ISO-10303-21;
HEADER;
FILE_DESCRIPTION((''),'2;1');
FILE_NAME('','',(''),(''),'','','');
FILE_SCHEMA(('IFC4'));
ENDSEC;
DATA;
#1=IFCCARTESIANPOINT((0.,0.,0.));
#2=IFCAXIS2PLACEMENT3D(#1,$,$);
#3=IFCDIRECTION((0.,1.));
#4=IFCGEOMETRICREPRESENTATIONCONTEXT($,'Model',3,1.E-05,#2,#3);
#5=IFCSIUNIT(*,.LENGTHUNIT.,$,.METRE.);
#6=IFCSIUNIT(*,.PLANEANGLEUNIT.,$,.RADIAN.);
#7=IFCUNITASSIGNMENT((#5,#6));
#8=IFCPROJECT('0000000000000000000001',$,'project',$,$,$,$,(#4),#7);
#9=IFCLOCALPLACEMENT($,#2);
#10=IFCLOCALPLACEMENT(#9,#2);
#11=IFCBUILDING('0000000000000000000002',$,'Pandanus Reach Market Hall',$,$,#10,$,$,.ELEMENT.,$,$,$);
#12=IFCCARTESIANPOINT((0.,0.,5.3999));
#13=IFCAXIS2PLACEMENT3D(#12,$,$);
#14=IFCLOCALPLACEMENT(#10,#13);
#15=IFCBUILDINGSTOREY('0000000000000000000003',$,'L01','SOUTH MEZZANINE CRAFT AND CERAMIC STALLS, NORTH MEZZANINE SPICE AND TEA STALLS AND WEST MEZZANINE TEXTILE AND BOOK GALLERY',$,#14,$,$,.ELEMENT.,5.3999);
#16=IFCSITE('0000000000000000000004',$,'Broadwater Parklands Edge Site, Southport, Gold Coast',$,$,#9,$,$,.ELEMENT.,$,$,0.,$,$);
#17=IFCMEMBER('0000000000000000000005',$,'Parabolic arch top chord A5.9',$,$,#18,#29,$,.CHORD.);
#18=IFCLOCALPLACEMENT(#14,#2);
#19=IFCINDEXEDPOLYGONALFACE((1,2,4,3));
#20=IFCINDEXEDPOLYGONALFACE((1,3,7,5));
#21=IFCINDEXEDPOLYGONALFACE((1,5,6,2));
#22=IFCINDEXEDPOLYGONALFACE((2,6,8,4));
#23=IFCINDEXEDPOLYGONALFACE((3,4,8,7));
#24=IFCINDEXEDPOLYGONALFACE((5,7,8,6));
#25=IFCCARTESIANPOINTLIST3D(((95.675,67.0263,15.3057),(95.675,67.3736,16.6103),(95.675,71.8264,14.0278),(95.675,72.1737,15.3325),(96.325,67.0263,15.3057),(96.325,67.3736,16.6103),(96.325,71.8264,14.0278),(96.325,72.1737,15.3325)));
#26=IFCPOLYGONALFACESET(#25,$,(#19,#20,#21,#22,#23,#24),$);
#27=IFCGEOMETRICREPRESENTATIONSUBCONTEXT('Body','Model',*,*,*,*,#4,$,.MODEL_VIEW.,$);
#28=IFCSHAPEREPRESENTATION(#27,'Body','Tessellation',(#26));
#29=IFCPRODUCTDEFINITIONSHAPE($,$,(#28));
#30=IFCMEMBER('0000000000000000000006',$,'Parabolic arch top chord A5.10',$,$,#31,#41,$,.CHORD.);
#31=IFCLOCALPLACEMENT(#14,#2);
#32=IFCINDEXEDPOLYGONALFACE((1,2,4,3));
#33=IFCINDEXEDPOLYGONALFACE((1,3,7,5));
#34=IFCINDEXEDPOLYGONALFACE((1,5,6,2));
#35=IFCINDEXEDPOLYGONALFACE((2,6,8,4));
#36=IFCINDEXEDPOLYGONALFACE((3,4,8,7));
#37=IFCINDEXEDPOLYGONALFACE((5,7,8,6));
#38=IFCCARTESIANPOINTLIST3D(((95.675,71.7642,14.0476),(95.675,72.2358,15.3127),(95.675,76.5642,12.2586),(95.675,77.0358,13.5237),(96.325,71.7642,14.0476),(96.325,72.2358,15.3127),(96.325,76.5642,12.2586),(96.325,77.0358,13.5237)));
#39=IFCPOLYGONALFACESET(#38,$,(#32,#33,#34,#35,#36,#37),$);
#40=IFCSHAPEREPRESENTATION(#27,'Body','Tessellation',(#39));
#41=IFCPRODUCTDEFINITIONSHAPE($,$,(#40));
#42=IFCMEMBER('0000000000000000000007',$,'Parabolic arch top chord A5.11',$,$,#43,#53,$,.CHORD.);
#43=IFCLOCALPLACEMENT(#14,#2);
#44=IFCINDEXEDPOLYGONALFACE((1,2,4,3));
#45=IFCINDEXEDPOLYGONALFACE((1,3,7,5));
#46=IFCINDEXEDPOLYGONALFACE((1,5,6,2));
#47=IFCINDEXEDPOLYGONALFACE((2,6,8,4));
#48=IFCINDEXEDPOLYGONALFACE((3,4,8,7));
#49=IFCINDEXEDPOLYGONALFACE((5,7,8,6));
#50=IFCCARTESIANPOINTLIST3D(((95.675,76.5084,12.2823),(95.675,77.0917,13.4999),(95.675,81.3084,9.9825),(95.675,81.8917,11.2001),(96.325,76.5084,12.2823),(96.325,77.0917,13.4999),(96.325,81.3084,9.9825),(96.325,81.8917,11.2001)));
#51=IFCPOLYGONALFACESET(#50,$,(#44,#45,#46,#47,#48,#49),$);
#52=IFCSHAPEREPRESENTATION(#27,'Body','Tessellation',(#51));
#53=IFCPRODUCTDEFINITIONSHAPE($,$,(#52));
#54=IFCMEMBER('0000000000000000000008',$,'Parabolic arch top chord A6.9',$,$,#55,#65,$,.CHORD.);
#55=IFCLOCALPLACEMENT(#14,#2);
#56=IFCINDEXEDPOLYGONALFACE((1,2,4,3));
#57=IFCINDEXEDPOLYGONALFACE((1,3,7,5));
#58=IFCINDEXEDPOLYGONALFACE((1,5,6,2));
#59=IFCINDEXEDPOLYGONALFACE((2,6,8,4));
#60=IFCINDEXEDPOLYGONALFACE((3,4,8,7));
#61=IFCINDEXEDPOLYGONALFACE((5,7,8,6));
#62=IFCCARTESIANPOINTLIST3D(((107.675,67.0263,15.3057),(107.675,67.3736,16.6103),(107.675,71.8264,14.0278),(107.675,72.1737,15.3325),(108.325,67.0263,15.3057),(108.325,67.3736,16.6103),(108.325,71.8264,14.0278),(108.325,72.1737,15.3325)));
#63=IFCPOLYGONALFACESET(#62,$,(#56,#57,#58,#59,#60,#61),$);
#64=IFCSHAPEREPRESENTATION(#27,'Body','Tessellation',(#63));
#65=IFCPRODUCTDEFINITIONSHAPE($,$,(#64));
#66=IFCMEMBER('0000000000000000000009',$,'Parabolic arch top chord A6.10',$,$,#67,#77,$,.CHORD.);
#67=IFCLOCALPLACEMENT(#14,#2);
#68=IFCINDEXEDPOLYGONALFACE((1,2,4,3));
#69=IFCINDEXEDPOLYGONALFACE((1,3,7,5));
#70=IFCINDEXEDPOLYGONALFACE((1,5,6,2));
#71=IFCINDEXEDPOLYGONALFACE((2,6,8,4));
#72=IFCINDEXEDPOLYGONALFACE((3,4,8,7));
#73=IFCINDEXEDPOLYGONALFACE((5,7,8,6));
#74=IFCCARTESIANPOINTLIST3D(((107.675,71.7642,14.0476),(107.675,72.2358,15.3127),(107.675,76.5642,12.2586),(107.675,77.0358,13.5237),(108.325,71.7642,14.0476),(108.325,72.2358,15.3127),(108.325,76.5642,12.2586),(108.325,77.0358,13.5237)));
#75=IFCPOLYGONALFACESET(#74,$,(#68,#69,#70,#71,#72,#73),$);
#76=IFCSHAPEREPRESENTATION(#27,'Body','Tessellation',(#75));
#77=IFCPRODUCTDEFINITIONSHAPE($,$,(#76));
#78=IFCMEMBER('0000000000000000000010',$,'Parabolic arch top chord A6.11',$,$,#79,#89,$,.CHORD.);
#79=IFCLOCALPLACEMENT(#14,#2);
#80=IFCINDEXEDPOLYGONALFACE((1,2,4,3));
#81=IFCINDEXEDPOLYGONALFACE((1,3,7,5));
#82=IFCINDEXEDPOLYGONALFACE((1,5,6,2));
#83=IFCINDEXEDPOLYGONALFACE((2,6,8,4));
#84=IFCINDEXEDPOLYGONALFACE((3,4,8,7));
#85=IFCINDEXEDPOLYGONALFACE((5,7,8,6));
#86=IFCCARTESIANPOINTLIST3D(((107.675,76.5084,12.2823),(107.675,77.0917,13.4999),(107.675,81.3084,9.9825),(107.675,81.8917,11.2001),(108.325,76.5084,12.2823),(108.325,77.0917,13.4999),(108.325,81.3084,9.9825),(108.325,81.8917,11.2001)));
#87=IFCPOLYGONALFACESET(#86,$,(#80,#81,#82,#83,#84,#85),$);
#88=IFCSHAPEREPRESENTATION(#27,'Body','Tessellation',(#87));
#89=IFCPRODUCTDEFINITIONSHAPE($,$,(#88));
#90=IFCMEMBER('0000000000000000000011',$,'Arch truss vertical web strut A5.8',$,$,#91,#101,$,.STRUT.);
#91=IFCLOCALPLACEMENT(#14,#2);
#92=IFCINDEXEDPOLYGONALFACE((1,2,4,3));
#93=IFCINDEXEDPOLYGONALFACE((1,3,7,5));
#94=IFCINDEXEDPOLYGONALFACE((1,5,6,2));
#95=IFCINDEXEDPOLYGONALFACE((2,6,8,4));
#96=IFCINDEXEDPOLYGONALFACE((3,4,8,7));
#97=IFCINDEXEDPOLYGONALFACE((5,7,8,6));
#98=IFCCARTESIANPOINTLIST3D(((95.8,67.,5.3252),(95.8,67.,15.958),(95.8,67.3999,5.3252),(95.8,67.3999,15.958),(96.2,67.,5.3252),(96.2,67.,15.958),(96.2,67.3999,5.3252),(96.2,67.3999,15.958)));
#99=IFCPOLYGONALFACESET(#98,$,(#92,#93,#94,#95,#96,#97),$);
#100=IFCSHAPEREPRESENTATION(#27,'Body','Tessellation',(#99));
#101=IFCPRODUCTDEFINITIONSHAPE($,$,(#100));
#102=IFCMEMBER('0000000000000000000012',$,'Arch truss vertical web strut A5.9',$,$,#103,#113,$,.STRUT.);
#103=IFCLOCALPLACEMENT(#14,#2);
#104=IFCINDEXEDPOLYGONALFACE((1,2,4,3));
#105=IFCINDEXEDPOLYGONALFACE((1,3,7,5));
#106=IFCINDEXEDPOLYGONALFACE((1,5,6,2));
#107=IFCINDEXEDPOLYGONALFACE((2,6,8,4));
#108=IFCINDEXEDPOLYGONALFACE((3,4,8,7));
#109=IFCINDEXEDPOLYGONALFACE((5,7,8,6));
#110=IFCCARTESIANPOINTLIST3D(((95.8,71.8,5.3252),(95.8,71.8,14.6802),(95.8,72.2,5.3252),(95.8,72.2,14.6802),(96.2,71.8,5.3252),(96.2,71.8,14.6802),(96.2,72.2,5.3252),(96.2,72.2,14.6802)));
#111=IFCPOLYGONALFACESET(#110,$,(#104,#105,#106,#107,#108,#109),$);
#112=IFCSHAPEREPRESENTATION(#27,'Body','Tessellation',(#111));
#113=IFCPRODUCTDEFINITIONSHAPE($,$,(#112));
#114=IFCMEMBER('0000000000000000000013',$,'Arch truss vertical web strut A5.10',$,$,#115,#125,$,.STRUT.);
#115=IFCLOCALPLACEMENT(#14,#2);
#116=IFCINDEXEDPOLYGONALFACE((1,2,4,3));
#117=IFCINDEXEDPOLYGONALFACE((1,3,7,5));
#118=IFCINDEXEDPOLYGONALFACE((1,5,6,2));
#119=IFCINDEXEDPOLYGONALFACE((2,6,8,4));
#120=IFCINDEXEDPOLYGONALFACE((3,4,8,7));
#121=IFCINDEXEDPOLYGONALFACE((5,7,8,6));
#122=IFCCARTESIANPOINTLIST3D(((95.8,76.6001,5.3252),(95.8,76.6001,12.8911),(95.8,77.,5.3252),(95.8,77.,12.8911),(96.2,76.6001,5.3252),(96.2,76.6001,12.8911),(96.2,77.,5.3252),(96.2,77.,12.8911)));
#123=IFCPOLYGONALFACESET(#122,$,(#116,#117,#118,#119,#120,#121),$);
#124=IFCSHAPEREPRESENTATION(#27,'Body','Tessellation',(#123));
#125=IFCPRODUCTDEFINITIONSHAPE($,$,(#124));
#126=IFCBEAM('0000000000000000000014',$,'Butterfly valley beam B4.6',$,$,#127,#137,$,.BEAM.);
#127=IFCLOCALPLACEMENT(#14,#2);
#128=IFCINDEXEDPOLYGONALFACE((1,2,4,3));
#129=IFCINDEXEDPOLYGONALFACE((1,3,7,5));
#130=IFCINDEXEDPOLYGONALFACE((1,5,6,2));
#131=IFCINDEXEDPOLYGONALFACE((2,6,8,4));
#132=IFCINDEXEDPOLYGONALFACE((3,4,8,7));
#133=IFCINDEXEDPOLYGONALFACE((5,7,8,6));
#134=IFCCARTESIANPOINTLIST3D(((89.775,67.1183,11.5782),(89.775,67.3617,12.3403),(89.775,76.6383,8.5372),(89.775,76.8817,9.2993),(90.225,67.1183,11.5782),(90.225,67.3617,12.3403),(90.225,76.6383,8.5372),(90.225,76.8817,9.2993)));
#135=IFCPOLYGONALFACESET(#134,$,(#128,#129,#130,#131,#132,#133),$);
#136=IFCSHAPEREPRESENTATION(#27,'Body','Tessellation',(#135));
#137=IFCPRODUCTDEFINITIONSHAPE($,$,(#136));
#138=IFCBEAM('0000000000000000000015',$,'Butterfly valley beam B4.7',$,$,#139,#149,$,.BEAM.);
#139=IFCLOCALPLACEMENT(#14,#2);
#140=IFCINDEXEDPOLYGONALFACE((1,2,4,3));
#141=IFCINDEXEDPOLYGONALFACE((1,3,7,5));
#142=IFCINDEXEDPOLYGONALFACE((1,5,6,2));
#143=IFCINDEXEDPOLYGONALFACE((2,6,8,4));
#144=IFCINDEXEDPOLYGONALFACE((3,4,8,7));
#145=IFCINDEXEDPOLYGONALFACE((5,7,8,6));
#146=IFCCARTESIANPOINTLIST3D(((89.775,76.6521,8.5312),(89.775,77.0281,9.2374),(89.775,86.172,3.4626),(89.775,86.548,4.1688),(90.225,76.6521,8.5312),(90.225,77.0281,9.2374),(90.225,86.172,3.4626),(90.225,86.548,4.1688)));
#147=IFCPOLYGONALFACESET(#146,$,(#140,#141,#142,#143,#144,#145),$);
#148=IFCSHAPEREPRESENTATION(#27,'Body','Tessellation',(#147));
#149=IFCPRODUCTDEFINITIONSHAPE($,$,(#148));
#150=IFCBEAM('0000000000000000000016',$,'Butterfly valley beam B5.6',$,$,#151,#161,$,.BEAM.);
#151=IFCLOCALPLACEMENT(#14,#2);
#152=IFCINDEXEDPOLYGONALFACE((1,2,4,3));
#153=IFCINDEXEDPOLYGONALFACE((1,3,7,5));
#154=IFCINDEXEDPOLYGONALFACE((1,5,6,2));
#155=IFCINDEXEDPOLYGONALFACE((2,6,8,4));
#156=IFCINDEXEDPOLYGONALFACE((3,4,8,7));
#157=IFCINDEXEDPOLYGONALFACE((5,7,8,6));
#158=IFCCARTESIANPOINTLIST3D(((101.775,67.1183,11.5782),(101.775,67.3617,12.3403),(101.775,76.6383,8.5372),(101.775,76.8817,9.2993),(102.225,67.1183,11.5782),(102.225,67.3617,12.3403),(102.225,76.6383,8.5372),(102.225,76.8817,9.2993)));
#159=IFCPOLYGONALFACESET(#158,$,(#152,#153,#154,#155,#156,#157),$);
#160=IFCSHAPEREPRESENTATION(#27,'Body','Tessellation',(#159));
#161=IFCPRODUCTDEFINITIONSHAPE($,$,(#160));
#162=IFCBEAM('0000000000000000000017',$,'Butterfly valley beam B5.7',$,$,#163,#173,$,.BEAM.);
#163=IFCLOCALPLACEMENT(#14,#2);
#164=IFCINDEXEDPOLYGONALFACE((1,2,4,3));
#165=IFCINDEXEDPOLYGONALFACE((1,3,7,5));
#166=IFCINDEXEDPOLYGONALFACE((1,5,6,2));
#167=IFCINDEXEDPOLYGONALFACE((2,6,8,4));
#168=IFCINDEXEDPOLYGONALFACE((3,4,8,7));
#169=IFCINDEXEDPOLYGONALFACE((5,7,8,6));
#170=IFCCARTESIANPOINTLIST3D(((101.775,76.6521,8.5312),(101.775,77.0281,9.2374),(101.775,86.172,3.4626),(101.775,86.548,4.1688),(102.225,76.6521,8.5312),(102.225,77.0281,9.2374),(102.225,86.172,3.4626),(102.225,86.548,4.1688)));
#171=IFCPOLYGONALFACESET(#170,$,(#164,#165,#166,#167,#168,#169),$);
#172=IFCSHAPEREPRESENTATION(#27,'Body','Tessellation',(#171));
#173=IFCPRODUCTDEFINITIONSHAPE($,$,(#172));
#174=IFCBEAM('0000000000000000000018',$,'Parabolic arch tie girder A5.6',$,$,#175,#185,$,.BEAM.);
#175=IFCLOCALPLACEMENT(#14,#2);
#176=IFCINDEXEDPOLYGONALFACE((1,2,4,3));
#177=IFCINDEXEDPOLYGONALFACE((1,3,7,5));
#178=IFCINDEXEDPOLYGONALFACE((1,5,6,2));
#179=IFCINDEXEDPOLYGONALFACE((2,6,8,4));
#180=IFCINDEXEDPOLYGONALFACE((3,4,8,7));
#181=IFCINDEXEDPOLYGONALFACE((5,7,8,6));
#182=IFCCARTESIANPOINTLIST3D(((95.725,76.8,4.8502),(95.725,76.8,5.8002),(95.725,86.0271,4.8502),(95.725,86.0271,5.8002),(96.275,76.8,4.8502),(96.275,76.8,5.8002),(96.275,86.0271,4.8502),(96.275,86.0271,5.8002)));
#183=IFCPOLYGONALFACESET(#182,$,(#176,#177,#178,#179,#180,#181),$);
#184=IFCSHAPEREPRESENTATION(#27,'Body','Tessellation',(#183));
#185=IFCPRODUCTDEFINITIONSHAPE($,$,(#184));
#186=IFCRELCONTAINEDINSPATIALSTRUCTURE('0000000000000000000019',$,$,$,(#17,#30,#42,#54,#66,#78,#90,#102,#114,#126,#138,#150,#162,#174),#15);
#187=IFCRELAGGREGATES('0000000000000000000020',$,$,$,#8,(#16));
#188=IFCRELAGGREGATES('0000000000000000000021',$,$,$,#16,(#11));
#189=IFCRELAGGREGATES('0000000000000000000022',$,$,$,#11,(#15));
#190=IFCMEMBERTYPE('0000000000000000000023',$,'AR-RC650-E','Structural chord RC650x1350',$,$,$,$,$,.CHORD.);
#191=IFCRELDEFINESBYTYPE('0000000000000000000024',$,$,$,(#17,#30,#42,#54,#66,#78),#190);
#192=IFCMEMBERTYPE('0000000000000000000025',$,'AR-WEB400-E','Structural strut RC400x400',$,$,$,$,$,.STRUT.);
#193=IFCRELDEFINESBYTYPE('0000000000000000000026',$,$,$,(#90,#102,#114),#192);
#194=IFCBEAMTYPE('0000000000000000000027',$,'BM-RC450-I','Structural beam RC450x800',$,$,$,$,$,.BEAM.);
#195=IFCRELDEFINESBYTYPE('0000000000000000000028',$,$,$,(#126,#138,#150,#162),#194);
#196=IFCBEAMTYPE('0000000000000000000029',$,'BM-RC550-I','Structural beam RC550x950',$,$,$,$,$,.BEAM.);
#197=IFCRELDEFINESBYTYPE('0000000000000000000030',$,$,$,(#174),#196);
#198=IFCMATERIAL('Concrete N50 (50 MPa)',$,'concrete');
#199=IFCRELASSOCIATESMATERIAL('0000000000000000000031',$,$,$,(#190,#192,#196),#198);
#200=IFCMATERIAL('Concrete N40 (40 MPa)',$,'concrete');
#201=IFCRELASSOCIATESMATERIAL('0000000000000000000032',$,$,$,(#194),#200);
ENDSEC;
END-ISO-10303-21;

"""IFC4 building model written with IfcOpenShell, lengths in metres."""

from ifc_helpers import new_model, si_unit, direction, frame, origin, origin_2d, place, context, subcontext, project, spatial, rectangle, extrude, material, material_profile, profile_set, type_object, element, save


model = new_model("IFC4")

# Units and contexts
model_context = context("Model", 3, precision=1e-05, world=origin(), true_north=direction((0.0, 1.0)))
body_context = subcontext(model_context, "Body", "Model", "MODEL_VIEW")
ifc_project = project(units=[si_unit("LENGTHUNIT", "METRE"), si_unit("PLANEANGLEUNIT", "RADIAN")], contexts=[model_context])

# Site, building, storey
site_placement = place(None, origin())
site = spatial("IfcSite", under=ifc_project, at=site_placement, Name="Broadwater Parklands Edge Site, Southport, Gold Coast", CompositionType="ELEMENT", RefElevation=0.0)
building_placement = place(site_placement, origin())
building = spatial("IfcBuilding", under=site, at=building_placement, Name="Pandanus Reach Market Hall", CompositionType="ELEMENT")
storey_placement = place(building_placement, frame((0.0, 0.0, 5.3999)))
storey = spatial("IfcBuildingStorey", under=building, at=storey_placement, Name="L01", Description="SOUTH MEZZANINE CRAFT AND CERAMIC STALLS, NORTH MEZZANINE SPICE AND TEA STALLS AND WEST MEZZANINE TEXTILE AND BOOK GALLERY", CompositionType="ELEMENT", Elevation=5.3999)

# Members
ifc_material_1 = material(Name="Concrete N50 (50 MPa)", Category="concrete")
ifc_material_profile_1 = material_profile(ifc_material_1, rectangle(XDim=0.6499, YDim=1.3501, at=origin_2d()), Name="RC650x1350", Category="LoadBearing")
ifc_profile_set_1 = profile_set([ifc_material_profile_1], Name="Concrete N50 (50 MPa)")
member_type_1 = type_object("IfcMemberType", Name="AR-RC650-E", Description="Structural chord RC650x1350", PredefinedType="CHORD", material=ifc_profile_set_1)
member_1_placement = place(storey_placement, frame((96.0, 67.2, 15.958), z_axis=(0.0, 0.966344, -0.257253), x_axis=(-1.0, 0.0, 0.0)))
element("IfcMember", 1, at=member_1_placement, inside=storey, type_object=member_type_1, Name="Parabolic arch top chord A5.9", PredefinedType="CHORD", context=body_context, shape_type="SweptSolid", body=[
    extrude(rectangle(XDim=0.6499, YDim=1.3501, at=origin_2d()), origin(), (0.0, 0.0, 1.0), 4.9673),
])
member_2_placement = place(storey_placement, frame((96.0, 72.0, 14.6802), z_axis=(0.0, 0.93703, -0.349248), x_axis=(-1.0, 0.0, 0.0)))
element("IfcMember", 2, at=member_2_placement, inside=storey, type_object=member_type_1, Name="Parabolic arch top chord A5.10", PredefinedType="CHORD", context=body_context, shape_type="SweptSolid", body=[
    extrude(rectangle(XDim=0.6499, YDim=1.3501, at=origin_2d()), origin(), (0.0, 0.0, 1.0), 5.1226),
])
member_3_placement = place(storey_placement, frame((96.0, 76.8, 12.8911), z_axis=(0.0, 0.901832, -0.432087), x_axis=(-1.0, 0.0, 0.0)))
element("IfcMember", 3, at=member_3_placement, inside=storey, type_object=member_type_1, Name="Parabolic arch top chord A5.11", PredefinedType="CHORD", context=body_context, shape_type="SweptSolid", body=[
    extrude(rectangle(XDim=0.6499, YDim=1.3501, at=origin_2d()), origin(), (0.0, 0.0, 1.0), 5.3225),
])
member_4_placement = place(storey_placement, frame((108.0, 67.2, 15.958), z_axis=(0.0, 0.966344, -0.257253), x_axis=(-1.0, 0.0, 0.0)))
element("IfcMember", 4, at=member_4_placement, inside=storey, type_object=member_type_1, Name="Parabolic arch top chord A6.9", PredefinedType="CHORD", context=body_context, shape_type="SweptSolid", body=[
    extrude(rectangle(XDim=0.6499, YDim=1.3501, at=origin_2d()), origin(), (0.0, 0.0, 1.0), 4.9673),
])
member_5_placement = place(storey_placement, frame((108.0, 72.0, 14.6802), z_axis=(0.0, 0.93703, -0.349248), x_axis=(-1.0, 0.0, 0.0)))
element("IfcMember", 5, at=member_5_placement, inside=storey, type_object=member_type_1, Name="Parabolic arch top chord A6.10", PredefinedType="CHORD", context=body_context, shape_type="SweptSolid", body=[
    extrude(rectangle(XDim=0.6499, YDim=1.3501, at=origin_2d()), origin(), (0.0, 0.0, 1.0), 5.1226),
])
member_6_placement = place(storey_placement, frame((108.0, 76.8, 12.8911), z_axis=(0.0, 0.901832, -0.432087), x_axis=(-1.0, 0.0, 0.0)))
element("IfcMember", 6, at=member_6_placement, inside=storey, type_object=member_type_1, Name="Parabolic arch top chord A6.11", PredefinedType="CHORD", context=body_context, shape_type="SweptSolid", body=[
    extrude(rectangle(XDim=0.6499, YDim=1.3501, at=origin_2d()), origin(), (0.0, 0.0, 1.0), 5.3225),
])
ifc_material_profile_2 = material_profile(ifc_material_1, rectangle(XDim=0.3999, YDim=0.3999, at=origin_2d()), Name="RC400x400", Category="LoadBearing")
ifc_profile_set_2 = profile_set([ifc_material_profile_2], Name="Concrete N50 (50 MPa)")
member_type_2 = type_object("IfcMemberType", Name="AR-WEB400-E", Description="Structural strut RC400x400", PredefinedType="STRUT", material=ifc_profile_set_2)
member_7_placement = place(storey_placement, frame((96.0, 67.2, 5.3252), z_axis=(0.0, 0.0, 1.0), x_axis=(1.0, 0.0, 0.0)))
element("IfcMember", 7, at=member_7_placement, inside=storey, type_object=member_type_2, Name="Arch truss vertical web strut A5.8", PredefinedType="STRUT", context=body_context, shape_type="SweptSolid", body=[
    extrude(rectangle(XDim=0.3999, YDim=0.3999, at=origin_2d()), origin(), (0.0, 0.0, 1.0), 10.6328),
])
member_8_placement = place(storey_placement, frame((96.0, 72.0, 5.3252), z_axis=(0.0, 0.0, 1.0), x_axis=(1.0, 0.0, 0.0)))
element("IfcMember", 8, at=member_8_placement, inside=storey, type_object=member_type_2, Name="Arch truss vertical web strut A5.9", PredefinedType="STRUT", context=body_context, shape_type="SweptSolid", body=[
    extrude(rectangle(XDim=0.3999, YDim=0.3999, at=origin_2d()), origin(), (0.0, 0.0, 1.0), 9.355),
])
member_9_placement = place(storey_placement, frame((96.0, 76.8, 5.3252), z_axis=(0.0, 0.0, 1.0), x_axis=(1.0, 0.0, 0.0)))
element("IfcMember", 9, at=member_9_placement, inside=storey, type_object=member_type_2, Name="Arch truss vertical web strut A5.10", PredefinedType="STRUT", context=body_context, shape_type="SweptSolid", body=[
    extrude(rectangle(XDim=0.3999, YDim=0.3999, at=origin_2d()), origin(), (0.0, 0.0, 1.0), 7.5659),
])

# Beams
ifc_material_2 = material(Name="Concrete N40 (40 MPa)", Category="concrete")
ifc_material_profile_3 = material_profile(ifc_material_2, rectangle(XDim=0.45, YDim=0.8, at=origin_2d()), Name="RC450x800", Category="LoadBearing")
ifc_profile_set_3 = profile_set([ifc_material_profile_3], Name="Concrete N40 (40 MPa)")
beam_type_1 = type_object("IfcBeamType", Name="BM-RC450-I", Description="Structural beam RC450x800", PredefinedType="BEAM", material=ifc_profile_set_3)
beam_1_placement = place(storey_placement, frame((90.0, 67.24, 11.9592), z_axis=(0.0, 0.952581, -0.304286), x_axis=(-1.0, 0.0, 0.0)))
element("IfcBeam", 10, at=beam_1_placement, inside=storey, type_object=beam_type_1, Name="Butterfly valley beam B4.6", PredefinedType="BEAM", context=body_context, shape_type="SweptSolid", body=[
    extrude(rectangle(XDim=0.45, YDim=0.8, at=origin_2d()), origin(), (0.0, 0.0, 1.0), 9.9939),
])
beam_2_placement = place(storey_placement, frame((90.0, 76.8401, 8.8843), z_axis=(0.0, 0.882689, -0.469957), x_axis=(-1.0, 0.0, 0.0)))
element("IfcBeam", 11, at=beam_2_placement, inside=storey, type_object=beam_type_1, Name="Butterfly valley beam B4.7", PredefinedType="BEAM", context=body_context, shape_type="SweptSolid", body=[
    extrude(rectangle(XDim=0.45, YDim=0.8, at=origin_2d()), origin(), (0.0, 0.0, 1.0), 10.7852),
])
beam_3_placement = place(storey_placement, frame((102.0, 67.24, 11.9592), z_axis=(0.0, 0.952581, -0.304286), x_axis=(-1.0, 0.0, 0.0)))
element("IfcBeam", 12, at=beam_3_placement, inside=storey, type_object=beam_type_1, Name="Butterfly valley beam B5.6", PredefinedType="BEAM", context=body_context, shape_type="SweptSolid", body=[
    extrude(rectangle(XDim=0.45, YDim=0.8, at=origin_2d()), origin(), (0.0, 0.0, 1.0), 9.9939),
])
beam_4_placement = place(storey_placement, frame((102.0, 76.8401, 8.8843), z_axis=(0.0, 0.882689, -0.469957), x_axis=(-1.0, 0.0, 0.0)))
element("IfcBeam", 13, at=beam_4_placement, inside=storey, type_object=beam_type_1, Name="Butterfly valley beam B5.7", PredefinedType="BEAM", context=body_context, shape_type="SweptSolid", body=[
    extrude(rectangle(XDim=0.45, YDim=0.8, at=origin_2d()), origin(), (0.0, 0.0, 1.0), 10.7852),
])
ifc_material_profile_4 = material_profile(ifc_material_1, rectangle(XDim=0.55, YDim=0.95, at=origin_2d()), Name="RC550x950", Category="LoadBearing")
ifc_profile_set_4 = profile_set([ifc_material_profile_4], Name="Concrete N50 (50 MPa)")
beam_type_2 = type_object("IfcBeamType", Name="BM-RC550-I", Description="Structural beam RC550x950", PredefinedType="BEAM", material=ifc_profile_set_4)
beam_5_placement = place(storey_placement, frame((96.0, 76.8, 5.3252), z_axis=(0.0, 1.0, 0.0), x_axis=(-1.0, 0.0, 0.0)))
element("IfcBeam", 14, at=beam_5_placement, inside=storey, type_object=beam_type_2, Name="Parabolic arch tie girder A5.6", PredefinedType="BEAM", context=body_context, shape_type="SweptSolid", body=[
    extrude(rectangle(XDim=0.55, YDim=0.95, at=origin_2d()), origin(), (0.0, 0.0, 1.0), 9.2271),
])

save(model, "model.ifc")
